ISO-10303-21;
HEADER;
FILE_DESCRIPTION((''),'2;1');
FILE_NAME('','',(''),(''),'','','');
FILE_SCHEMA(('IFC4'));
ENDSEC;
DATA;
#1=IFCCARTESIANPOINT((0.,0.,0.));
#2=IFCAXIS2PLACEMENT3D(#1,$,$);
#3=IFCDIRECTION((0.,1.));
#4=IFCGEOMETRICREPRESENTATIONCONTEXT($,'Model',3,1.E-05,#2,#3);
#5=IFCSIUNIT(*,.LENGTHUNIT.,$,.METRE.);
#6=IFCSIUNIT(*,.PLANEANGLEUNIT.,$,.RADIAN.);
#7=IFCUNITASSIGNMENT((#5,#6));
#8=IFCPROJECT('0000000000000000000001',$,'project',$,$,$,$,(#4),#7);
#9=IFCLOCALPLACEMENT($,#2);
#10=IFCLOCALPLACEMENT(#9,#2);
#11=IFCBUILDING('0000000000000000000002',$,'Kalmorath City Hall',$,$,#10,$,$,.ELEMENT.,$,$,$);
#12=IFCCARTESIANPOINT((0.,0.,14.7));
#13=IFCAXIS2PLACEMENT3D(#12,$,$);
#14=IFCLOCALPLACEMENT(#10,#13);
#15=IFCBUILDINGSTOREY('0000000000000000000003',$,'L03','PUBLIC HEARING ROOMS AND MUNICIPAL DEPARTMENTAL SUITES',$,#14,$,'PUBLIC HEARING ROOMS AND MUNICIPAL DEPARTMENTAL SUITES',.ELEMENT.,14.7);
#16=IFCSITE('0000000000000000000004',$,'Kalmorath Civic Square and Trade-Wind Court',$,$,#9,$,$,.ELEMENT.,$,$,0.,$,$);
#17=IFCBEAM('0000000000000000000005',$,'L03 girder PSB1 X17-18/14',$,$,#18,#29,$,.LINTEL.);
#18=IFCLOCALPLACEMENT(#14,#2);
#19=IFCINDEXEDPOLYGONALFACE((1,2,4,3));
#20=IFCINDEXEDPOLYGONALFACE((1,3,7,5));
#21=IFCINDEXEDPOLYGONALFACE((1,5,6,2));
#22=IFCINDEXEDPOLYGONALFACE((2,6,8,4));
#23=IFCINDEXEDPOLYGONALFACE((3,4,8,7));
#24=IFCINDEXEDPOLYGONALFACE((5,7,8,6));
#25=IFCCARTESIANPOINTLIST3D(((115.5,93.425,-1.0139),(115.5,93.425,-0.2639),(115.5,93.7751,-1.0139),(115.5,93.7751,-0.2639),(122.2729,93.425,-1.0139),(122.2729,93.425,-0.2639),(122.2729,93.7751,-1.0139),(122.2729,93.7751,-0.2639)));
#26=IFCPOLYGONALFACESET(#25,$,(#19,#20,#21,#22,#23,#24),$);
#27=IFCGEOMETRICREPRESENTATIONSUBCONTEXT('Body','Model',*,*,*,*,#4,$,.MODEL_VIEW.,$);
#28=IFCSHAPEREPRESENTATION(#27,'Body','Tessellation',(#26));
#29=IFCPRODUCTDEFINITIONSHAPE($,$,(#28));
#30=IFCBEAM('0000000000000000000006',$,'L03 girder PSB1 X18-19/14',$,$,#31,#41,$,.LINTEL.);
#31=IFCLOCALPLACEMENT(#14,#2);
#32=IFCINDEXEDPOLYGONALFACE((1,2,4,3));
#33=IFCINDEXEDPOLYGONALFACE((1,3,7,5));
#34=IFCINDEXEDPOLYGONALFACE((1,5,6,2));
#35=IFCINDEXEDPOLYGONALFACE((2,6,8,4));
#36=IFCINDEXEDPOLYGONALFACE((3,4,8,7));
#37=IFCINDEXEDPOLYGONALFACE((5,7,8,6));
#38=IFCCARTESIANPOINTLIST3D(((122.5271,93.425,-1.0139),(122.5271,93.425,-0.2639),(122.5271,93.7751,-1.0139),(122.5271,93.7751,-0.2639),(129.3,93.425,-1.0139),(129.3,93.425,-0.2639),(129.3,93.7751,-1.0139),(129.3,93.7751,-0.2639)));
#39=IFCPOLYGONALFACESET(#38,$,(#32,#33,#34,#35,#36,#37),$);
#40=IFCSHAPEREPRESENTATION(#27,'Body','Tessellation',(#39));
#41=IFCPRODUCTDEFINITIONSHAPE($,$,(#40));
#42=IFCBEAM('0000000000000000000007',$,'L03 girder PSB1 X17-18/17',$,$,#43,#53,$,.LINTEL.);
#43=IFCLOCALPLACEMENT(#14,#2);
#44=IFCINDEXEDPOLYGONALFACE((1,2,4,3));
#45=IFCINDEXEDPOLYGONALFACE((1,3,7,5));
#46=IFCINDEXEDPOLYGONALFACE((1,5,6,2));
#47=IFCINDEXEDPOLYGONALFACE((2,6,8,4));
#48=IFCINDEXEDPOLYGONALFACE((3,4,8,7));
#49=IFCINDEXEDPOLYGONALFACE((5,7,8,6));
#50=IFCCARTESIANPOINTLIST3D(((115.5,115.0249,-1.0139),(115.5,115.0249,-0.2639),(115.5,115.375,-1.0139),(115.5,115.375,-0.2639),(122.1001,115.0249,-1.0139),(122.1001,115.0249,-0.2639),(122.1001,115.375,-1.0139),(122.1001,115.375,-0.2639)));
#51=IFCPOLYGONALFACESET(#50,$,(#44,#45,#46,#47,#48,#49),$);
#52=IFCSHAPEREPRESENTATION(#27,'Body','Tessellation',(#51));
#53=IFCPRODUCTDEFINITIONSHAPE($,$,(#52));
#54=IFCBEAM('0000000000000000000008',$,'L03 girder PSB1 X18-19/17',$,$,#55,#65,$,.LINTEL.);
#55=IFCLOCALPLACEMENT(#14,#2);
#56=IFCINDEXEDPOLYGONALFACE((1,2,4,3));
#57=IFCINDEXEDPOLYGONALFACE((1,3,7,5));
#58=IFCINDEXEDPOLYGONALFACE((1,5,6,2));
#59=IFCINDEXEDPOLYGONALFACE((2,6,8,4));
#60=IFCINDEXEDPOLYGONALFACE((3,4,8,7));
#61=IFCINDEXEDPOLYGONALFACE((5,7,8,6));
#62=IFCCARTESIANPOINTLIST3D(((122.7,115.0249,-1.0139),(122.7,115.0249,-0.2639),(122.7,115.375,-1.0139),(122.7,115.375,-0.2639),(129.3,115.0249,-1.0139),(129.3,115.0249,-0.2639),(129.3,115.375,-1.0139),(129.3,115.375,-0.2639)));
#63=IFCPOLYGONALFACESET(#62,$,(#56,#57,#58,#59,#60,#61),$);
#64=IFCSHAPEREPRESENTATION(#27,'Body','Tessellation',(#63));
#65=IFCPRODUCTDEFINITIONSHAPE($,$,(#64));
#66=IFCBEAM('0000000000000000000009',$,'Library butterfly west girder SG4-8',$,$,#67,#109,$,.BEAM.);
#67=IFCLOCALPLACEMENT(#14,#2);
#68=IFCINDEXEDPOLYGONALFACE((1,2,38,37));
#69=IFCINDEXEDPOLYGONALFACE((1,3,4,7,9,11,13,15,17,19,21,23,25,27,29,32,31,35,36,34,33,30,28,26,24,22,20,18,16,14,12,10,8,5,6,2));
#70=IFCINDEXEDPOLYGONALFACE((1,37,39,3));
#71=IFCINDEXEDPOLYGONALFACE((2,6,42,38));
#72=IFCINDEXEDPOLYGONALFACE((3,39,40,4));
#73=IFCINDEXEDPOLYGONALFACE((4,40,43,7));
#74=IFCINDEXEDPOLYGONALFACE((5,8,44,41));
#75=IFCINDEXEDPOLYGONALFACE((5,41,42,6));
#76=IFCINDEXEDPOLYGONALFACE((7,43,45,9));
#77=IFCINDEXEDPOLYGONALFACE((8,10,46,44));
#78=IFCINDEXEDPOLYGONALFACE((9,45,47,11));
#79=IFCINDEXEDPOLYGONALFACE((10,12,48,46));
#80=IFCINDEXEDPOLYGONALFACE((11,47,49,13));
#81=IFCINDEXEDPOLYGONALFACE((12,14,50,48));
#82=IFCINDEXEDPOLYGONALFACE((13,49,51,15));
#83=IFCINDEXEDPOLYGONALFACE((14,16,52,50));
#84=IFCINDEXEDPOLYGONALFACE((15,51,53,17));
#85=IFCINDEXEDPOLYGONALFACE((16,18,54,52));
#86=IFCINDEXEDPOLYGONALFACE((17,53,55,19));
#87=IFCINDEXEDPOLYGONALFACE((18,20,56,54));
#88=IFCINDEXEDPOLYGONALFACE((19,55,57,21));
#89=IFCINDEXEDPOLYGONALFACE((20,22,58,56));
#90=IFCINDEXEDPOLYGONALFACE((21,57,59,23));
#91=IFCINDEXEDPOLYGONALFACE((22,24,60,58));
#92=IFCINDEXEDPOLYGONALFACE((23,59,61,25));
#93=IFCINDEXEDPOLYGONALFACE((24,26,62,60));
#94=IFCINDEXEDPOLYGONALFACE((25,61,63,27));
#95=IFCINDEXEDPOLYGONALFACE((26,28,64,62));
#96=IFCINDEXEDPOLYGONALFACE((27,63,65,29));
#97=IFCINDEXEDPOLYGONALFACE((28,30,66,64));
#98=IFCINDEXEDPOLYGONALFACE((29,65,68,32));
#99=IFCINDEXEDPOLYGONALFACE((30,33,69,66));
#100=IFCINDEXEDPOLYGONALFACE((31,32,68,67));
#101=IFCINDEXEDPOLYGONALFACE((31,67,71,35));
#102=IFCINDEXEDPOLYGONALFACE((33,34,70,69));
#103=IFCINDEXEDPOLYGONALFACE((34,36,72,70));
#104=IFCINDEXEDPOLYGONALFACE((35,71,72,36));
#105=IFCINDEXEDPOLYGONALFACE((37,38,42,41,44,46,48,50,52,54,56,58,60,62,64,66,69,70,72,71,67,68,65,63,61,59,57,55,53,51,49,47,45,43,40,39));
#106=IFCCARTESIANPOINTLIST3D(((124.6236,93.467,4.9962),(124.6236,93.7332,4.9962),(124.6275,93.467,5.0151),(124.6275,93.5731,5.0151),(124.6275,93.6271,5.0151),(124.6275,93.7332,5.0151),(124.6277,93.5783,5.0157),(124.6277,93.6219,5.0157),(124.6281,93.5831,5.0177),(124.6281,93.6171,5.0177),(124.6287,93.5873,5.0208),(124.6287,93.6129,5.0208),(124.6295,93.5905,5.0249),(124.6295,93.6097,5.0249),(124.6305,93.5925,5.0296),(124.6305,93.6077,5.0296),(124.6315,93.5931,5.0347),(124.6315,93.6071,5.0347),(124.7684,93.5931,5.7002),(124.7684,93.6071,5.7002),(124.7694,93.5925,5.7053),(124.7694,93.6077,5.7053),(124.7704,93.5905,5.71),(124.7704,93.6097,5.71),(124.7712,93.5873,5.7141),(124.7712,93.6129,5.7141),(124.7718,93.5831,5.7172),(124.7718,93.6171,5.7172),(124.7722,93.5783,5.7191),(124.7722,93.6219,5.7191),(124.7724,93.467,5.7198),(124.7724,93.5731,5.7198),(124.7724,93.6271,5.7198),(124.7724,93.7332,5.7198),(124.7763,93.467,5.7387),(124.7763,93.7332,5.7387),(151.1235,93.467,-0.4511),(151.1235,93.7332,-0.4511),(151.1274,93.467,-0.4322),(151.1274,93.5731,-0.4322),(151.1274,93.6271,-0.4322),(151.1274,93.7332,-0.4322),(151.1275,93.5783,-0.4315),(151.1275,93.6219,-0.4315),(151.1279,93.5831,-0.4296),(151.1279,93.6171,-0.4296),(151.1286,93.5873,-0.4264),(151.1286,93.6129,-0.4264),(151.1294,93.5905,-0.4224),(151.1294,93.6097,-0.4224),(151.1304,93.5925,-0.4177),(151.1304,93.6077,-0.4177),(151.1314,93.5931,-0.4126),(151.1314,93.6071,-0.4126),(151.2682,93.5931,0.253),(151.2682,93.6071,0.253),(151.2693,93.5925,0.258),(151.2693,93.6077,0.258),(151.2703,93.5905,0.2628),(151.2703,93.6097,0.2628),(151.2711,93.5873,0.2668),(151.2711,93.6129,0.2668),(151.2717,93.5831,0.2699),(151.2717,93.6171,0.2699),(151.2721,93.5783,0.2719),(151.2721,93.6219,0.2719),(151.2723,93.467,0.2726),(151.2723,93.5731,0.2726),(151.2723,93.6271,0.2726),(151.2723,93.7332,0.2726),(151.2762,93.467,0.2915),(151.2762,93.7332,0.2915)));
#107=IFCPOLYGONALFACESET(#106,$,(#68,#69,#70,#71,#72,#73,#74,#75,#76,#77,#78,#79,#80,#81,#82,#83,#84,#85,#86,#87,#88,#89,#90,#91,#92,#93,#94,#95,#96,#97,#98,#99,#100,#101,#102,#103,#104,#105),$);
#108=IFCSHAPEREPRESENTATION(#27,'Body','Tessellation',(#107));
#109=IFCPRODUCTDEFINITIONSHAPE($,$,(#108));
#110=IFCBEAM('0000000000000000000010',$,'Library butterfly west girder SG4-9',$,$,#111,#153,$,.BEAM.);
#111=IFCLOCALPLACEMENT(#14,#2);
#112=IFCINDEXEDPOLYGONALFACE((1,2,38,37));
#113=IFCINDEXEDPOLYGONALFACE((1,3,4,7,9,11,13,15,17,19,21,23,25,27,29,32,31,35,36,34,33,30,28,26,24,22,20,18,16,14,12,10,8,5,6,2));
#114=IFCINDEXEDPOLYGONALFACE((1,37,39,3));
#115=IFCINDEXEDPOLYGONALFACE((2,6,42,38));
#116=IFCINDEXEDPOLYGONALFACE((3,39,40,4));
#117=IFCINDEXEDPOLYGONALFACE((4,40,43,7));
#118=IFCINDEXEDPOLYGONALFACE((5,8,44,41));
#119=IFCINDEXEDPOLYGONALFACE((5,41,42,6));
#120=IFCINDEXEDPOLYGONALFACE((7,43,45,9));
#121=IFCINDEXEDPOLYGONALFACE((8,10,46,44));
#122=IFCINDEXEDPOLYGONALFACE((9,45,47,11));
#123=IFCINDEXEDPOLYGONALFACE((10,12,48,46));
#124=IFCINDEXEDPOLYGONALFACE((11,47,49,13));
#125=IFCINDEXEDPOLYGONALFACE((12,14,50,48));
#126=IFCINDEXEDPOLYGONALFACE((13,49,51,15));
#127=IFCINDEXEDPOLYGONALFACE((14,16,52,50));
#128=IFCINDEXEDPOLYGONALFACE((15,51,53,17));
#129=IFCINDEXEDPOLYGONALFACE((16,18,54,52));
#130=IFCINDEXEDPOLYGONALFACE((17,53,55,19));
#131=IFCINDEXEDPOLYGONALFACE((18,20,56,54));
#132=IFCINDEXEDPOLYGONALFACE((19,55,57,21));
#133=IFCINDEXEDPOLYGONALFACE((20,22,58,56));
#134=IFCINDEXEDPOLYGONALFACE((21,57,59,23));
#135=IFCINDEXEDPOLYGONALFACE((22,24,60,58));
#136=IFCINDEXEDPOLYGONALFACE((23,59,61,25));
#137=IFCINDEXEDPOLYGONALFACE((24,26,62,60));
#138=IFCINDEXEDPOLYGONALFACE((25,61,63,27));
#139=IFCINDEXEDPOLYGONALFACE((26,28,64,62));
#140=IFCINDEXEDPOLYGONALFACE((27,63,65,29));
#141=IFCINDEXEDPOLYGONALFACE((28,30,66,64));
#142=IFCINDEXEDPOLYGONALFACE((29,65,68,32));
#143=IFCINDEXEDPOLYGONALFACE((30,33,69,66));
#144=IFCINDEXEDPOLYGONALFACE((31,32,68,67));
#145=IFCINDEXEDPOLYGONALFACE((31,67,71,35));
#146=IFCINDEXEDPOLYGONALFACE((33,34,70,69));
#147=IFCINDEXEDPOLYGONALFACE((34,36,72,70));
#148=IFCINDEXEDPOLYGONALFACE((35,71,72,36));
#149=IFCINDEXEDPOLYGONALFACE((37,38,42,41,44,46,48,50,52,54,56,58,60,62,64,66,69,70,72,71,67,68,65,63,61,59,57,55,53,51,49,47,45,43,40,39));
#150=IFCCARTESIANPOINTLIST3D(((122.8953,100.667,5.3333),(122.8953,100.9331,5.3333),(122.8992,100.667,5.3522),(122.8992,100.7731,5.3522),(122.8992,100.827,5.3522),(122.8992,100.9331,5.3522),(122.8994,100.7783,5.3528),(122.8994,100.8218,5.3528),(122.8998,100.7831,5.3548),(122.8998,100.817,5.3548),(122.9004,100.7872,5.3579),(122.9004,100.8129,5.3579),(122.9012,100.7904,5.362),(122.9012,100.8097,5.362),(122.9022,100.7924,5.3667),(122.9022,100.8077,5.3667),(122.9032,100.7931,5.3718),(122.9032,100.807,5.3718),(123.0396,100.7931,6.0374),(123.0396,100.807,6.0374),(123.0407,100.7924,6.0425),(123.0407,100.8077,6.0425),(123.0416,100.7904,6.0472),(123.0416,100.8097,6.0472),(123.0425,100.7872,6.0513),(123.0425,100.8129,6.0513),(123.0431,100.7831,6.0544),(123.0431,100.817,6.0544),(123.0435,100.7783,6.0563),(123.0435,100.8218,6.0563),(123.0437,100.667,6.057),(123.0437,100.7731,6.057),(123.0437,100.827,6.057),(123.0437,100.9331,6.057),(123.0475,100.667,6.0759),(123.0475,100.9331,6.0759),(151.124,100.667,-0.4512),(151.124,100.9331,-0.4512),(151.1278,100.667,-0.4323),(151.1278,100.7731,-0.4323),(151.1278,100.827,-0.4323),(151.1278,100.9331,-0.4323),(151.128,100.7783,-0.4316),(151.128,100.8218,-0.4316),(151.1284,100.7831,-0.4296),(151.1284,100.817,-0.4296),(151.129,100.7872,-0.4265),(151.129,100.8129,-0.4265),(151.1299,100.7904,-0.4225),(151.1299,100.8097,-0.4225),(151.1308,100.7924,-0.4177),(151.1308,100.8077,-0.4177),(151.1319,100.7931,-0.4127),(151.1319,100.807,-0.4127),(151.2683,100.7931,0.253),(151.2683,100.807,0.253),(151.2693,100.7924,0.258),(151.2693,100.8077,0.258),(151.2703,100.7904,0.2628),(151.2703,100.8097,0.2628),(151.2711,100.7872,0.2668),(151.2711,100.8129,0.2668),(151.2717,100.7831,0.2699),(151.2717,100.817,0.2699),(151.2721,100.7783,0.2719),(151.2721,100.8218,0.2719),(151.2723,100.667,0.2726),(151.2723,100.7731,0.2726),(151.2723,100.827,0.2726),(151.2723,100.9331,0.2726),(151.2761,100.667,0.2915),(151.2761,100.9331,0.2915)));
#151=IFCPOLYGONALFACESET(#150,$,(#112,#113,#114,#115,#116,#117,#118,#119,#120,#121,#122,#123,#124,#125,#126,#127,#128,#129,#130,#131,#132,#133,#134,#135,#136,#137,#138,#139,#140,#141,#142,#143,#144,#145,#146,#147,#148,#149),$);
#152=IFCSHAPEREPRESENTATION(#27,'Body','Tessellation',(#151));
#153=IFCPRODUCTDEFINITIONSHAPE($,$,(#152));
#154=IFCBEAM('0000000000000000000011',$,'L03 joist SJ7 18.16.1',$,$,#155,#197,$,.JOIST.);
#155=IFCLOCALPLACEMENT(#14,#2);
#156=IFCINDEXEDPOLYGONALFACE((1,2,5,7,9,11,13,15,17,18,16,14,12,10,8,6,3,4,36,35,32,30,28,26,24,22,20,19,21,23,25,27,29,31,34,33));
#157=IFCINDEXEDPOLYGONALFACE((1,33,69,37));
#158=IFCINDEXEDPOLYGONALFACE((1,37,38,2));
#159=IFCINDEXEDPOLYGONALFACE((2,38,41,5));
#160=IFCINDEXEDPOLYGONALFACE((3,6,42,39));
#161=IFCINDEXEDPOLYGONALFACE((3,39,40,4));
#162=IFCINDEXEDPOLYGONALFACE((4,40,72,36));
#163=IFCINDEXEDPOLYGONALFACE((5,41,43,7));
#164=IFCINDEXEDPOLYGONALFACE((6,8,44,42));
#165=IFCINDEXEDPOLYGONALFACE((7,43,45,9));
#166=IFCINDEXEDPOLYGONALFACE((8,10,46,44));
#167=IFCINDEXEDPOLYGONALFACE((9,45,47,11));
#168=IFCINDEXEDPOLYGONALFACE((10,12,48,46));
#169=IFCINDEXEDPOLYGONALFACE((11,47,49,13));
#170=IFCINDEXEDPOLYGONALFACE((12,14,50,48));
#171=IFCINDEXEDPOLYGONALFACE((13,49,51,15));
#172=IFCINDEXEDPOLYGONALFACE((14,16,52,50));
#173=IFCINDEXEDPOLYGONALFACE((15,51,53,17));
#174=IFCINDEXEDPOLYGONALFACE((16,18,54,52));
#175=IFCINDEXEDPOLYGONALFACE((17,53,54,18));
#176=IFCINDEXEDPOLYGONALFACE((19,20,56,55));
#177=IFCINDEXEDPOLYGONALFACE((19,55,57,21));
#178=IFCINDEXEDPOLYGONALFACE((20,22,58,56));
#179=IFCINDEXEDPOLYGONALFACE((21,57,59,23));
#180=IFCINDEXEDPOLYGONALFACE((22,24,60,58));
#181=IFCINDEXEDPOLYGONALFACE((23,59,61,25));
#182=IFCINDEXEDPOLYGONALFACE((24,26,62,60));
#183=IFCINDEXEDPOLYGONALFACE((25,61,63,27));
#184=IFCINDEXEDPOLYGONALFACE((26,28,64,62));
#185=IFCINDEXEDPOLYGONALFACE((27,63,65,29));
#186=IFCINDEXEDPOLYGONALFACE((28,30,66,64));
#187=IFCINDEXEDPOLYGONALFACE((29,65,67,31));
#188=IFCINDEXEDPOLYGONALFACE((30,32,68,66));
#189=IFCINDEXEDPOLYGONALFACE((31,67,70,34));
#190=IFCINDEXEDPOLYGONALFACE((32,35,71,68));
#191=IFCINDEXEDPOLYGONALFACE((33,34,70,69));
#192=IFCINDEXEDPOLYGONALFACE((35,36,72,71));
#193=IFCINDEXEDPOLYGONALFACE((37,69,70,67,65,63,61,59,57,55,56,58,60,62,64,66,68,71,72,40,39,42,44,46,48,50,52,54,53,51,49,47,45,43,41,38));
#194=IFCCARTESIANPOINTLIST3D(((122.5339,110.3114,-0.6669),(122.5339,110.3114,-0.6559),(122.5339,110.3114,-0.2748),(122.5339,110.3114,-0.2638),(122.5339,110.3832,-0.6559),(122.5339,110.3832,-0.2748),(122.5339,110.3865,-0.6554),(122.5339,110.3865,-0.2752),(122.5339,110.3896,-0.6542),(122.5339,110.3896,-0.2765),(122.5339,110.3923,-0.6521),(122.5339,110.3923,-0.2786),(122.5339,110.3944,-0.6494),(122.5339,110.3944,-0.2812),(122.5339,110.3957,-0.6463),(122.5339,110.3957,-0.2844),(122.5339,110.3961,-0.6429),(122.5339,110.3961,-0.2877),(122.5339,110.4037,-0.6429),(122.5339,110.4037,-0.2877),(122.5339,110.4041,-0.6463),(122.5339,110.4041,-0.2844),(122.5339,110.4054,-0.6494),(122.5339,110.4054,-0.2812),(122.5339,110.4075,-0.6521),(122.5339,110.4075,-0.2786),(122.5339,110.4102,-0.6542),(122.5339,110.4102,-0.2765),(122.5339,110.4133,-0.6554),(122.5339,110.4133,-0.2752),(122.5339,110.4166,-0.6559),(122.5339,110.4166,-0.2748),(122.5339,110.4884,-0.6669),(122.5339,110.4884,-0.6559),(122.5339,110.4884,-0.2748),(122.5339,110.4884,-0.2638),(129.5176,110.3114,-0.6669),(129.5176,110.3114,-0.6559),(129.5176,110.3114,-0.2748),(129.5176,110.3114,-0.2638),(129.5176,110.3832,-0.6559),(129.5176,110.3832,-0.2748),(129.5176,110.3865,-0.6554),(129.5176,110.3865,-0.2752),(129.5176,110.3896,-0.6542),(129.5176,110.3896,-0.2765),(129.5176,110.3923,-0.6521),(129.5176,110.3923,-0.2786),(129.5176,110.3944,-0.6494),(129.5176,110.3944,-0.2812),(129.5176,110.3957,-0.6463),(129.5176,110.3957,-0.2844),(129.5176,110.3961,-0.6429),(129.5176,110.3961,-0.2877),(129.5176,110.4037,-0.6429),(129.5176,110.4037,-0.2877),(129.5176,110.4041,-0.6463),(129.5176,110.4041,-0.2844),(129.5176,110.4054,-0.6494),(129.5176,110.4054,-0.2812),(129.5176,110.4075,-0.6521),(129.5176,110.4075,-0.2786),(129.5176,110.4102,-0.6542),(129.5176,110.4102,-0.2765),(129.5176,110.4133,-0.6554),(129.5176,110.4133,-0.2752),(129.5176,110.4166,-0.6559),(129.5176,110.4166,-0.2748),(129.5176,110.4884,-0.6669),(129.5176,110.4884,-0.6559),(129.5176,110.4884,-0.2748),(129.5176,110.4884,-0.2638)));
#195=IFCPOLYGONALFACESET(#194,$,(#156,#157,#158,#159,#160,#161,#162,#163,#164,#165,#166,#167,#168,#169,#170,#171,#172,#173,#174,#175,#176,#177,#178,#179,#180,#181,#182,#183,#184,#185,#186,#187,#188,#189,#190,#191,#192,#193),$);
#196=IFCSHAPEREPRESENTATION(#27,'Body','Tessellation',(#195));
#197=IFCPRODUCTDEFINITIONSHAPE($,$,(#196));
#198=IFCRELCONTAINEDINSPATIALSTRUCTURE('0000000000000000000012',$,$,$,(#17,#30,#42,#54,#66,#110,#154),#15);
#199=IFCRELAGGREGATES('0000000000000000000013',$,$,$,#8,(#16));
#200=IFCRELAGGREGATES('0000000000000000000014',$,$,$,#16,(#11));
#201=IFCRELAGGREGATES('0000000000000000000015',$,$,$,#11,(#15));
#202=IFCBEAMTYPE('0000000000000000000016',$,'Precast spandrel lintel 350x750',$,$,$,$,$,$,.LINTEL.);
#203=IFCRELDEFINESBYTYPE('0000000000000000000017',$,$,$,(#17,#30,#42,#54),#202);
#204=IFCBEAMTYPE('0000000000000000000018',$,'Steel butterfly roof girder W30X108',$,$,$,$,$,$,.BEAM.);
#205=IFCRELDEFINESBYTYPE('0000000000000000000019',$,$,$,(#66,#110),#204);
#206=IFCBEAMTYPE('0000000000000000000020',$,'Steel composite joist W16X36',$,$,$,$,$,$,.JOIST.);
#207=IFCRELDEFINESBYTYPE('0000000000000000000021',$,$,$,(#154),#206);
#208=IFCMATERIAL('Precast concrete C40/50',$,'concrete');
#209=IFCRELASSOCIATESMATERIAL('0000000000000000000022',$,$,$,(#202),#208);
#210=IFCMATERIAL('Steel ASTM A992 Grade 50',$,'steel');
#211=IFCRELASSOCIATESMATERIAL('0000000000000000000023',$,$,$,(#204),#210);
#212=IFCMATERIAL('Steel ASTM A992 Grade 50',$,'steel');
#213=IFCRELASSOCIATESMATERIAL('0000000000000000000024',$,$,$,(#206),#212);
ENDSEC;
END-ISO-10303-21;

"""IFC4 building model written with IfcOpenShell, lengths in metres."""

from ifc_helpers import new_model, si_unit, direction, frame, origin, origin_2d, place, context, subcontext, project, spatial, rectangle, i_section, extrude, material, material_profile, profile_set, type_object, element, save


model = new_model("IFC4")

# Units and contexts
model_context = context("Model", 3, precision=1e-05, world=origin(), true_north=direction((0.0, 1.0)))
body_context = subcontext(model_context, "Body", "Model", "MODEL_VIEW")
ifc_project = project(units=[si_unit("LENGTHUNIT", "METRE"), si_unit("PLANEANGLEUNIT", "RADIAN")], contexts=[model_context])

# Site, building, storey
site_placement = place(None, origin())
site = spatial("IfcSite", under=ifc_project, at=site_placement, Name="Kalmorath Civic Square and Trade-Wind Court", CompositionType="ELEMENT", RefElevation=0.0)
building_placement = place(site_placement, origin())
building = spatial("IfcBuilding", under=site, at=building_placement, Name="Kalmorath City Hall", CompositionType="ELEMENT")
storey_placement = place(building_placement, frame((0.0, 0.0, 14.7)))
storey = spatial("IfcBuildingStorey", under=building, at=storey_placement, Name="L03", Description="PUBLIC HEARING ROOMS AND MUNICIPAL DEPARTMENTAL SUITES", LongName="PUBLIC HEARING ROOMS AND MUNICIPAL DEPARTMENTAL SUITES", CompositionType="ELEMENT", Elevation=14.7)

# Beams
ifc_material_1 = material(Name="Precast concrete C40/50", Category="concrete")
ifc_material_profile_1 = material_profile(ifc_material_1, rectangle(XDim=0.3501, YDim=0.75, at=origin_2d()), Name="PC-SP-350X750")
ifc_profile_set_1 = profile_set([ifc_material_profile_1], Name="Precast concrete C40/50")
beam_type_1 = type_object("IfcBeamType", Name="Precast spandrel lintel 350x750", PredefinedType="LINTEL", material=ifc_profile_set_1)
for number, where, z_axis, x_axis, name in (
    (1, (115.5, 93.6001, -0.6389), (1.0, 0.0, 0.0), (0.0, 1.0, 0.0), "L03 girder PSB1 X17-18/14"),
    (2, (122.5271, 93.6001, -0.6389), (1.0, 0.0, 0.0), (0.0, 1.0, 0.0), "L03 girder PSB1 X18-19/14"),
):
    element("IfcBeam", number, at=place(storey_placement, frame(where, z_axis=z_axis, x_axis=x_axis)), inside=storey, type_object=beam_type_1, Name=name, PredefinedType="LINTEL", context=body_context, shape_type="SweptSolid", body=[
        extrude(rectangle(XDim=0.3501, YDim=0.75, at=origin_2d()), origin(), (0.0, 0.0, 1.0), 6.7729),
    ])
for number, where, z_axis, x_axis, name in (
    (3, (115.5, 115.2, -0.6389), (1.0, 0.0, 0.0), (0.0, 1.0, 0.0), "L03 girder PSB1 X17-18/17"),
    (4, (122.7, 115.2, -0.6389), (1.0, 0.0, 0.0), (0.0, 1.0, 0.0), "L03 girder PSB1 X18-19/17"),
):
    element("IfcBeam", number, at=place(storey_placement, frame(where, z_axis=z_axis, x_axis=x_axis)), inside=storey, type_object=beam_type_1, Name=name, PredefinedType="LINTEL", context=body_context, shape_type="SweptSolid", body=[
        extrude(rectangle(XDim=0.3501, YDim=0.75, at=origin_2d()), origin(), (0.0, 0.0, 1.0), 6.6001),
    ])
ifc_material_2 = material(Name="Steel ASTM A992 Grade 50", Category="steel")
ifc_material_profile_2 = material_profile(ifc_material_2, i_section(OverallWidth=0.2661, OverallDepth=0.7581, WebThickness=0.0139, FlangeThickness=0.0193, FilletRadius=0.02, at=origin_2d()), Name="W30X108")
ifc_profile_set_2 = profile_set([ifc_material_profile_2], Name="Steel ASTM A992 Grade 50")
beam_type_2 = type_object("IfcBeamType", Name="Steel butterfly roof girder W30X108", PredefinedType="BEAM", material=ifc_profile_set_2)
beam_1_placement = place(storey_placement, frame((124.7, 93.6001, 5.3674), z_axis=(0.97952, 0.0, -0.201347), x_axis=(0.0, 1.0, 0.0)))
element("IfcBeam", 5, at=beam_1_placement, inside=storey, type_object=beam_type_2, Name="Library butterfly west girder SG4-8", PredefinedType="BEAM", context=body_context, shape_type="SweptSolid", body=[
    extrude(i_section(OverallWidth=0.2661, OverallDepth=0.7581, WebThickness=0.0139, FlangeThickness=0.0193, FilletRadius=0.02, at=origin_2d()), origin(), (0.0, 0.0, 1.0), 27.054),
])
beam_2_placement = place(storey_placement, frame((122.9714, 100.8, 5.7046), z_axis=(0.979644, 0.0, -0.200743), x_axis=(0.0, 1.0, 0.0)))
element("IfcBeam", 6, at=beam_2_placement, inside=storey, type_object=beam_type_2, Name="Library butterfly west girder SG4-9", PredefinedType="BEAM", context=body_context, shape_type="SweptSolid", body=[
    extrude(i_section(OverallWidth=0.2661, OverallDepth=0.7581, WebThickness=0.0139, FlangeThickness=0.0193, FilletRadius=0.02, at=origin_2d()), origin(), (0.0, 0.0, 1.0), 28.8152),
])
ifc_material_3 = material(Name="Steel ASTM A992 Grade 50", Category="steel")
ifc_material_profile_3 = material_profile(ifc_material_3, i_section(OverallWidth=0.177, OverallDepth=0.4031, WebThickness=0.0076, FlangeThickness=0.011, FilletRadius=0.0129, at=origin_2d()), Name="W16X36")
ifc_profile_set_3 = profile_set([ifc_material_profile_3], Name="Steel ASTM A992 Grade 50")
beam_type_3 = type_object("IfcBeamType", Name="Steel composite joist W16X36", PredefinedType="JOIST", material=ifc_profile_set_3)
for number, where, z_axis, x_axis, name in (
    (7, (122.5339, 110.3999, -0.4653), (1.0, 0.0, 0.0), (0.0, 1.0, 0.0), "L03 joist SJ7 18.16.1"),
):
    element("IfcBeam", number, at=place(storey_placement, frame(where, z_axis=z_axis, x_axis=x_axis)), inside=storey, type_object=beam_type_3, Name=name, PredefinedType="JOIST", context=body_context, shape_type="SweptSolid", body=[
        extrude(i_section(OverallWidth=0.177, OverallDepth=0.4031, WebThickness=0.0076, FlangeThickness=0.011, FilletRadius=0.0129, at=origin_2d()), origin(), (0.0, 0.0, 1.0), 6.9836),
    ])

save(model, "model.ifc")
